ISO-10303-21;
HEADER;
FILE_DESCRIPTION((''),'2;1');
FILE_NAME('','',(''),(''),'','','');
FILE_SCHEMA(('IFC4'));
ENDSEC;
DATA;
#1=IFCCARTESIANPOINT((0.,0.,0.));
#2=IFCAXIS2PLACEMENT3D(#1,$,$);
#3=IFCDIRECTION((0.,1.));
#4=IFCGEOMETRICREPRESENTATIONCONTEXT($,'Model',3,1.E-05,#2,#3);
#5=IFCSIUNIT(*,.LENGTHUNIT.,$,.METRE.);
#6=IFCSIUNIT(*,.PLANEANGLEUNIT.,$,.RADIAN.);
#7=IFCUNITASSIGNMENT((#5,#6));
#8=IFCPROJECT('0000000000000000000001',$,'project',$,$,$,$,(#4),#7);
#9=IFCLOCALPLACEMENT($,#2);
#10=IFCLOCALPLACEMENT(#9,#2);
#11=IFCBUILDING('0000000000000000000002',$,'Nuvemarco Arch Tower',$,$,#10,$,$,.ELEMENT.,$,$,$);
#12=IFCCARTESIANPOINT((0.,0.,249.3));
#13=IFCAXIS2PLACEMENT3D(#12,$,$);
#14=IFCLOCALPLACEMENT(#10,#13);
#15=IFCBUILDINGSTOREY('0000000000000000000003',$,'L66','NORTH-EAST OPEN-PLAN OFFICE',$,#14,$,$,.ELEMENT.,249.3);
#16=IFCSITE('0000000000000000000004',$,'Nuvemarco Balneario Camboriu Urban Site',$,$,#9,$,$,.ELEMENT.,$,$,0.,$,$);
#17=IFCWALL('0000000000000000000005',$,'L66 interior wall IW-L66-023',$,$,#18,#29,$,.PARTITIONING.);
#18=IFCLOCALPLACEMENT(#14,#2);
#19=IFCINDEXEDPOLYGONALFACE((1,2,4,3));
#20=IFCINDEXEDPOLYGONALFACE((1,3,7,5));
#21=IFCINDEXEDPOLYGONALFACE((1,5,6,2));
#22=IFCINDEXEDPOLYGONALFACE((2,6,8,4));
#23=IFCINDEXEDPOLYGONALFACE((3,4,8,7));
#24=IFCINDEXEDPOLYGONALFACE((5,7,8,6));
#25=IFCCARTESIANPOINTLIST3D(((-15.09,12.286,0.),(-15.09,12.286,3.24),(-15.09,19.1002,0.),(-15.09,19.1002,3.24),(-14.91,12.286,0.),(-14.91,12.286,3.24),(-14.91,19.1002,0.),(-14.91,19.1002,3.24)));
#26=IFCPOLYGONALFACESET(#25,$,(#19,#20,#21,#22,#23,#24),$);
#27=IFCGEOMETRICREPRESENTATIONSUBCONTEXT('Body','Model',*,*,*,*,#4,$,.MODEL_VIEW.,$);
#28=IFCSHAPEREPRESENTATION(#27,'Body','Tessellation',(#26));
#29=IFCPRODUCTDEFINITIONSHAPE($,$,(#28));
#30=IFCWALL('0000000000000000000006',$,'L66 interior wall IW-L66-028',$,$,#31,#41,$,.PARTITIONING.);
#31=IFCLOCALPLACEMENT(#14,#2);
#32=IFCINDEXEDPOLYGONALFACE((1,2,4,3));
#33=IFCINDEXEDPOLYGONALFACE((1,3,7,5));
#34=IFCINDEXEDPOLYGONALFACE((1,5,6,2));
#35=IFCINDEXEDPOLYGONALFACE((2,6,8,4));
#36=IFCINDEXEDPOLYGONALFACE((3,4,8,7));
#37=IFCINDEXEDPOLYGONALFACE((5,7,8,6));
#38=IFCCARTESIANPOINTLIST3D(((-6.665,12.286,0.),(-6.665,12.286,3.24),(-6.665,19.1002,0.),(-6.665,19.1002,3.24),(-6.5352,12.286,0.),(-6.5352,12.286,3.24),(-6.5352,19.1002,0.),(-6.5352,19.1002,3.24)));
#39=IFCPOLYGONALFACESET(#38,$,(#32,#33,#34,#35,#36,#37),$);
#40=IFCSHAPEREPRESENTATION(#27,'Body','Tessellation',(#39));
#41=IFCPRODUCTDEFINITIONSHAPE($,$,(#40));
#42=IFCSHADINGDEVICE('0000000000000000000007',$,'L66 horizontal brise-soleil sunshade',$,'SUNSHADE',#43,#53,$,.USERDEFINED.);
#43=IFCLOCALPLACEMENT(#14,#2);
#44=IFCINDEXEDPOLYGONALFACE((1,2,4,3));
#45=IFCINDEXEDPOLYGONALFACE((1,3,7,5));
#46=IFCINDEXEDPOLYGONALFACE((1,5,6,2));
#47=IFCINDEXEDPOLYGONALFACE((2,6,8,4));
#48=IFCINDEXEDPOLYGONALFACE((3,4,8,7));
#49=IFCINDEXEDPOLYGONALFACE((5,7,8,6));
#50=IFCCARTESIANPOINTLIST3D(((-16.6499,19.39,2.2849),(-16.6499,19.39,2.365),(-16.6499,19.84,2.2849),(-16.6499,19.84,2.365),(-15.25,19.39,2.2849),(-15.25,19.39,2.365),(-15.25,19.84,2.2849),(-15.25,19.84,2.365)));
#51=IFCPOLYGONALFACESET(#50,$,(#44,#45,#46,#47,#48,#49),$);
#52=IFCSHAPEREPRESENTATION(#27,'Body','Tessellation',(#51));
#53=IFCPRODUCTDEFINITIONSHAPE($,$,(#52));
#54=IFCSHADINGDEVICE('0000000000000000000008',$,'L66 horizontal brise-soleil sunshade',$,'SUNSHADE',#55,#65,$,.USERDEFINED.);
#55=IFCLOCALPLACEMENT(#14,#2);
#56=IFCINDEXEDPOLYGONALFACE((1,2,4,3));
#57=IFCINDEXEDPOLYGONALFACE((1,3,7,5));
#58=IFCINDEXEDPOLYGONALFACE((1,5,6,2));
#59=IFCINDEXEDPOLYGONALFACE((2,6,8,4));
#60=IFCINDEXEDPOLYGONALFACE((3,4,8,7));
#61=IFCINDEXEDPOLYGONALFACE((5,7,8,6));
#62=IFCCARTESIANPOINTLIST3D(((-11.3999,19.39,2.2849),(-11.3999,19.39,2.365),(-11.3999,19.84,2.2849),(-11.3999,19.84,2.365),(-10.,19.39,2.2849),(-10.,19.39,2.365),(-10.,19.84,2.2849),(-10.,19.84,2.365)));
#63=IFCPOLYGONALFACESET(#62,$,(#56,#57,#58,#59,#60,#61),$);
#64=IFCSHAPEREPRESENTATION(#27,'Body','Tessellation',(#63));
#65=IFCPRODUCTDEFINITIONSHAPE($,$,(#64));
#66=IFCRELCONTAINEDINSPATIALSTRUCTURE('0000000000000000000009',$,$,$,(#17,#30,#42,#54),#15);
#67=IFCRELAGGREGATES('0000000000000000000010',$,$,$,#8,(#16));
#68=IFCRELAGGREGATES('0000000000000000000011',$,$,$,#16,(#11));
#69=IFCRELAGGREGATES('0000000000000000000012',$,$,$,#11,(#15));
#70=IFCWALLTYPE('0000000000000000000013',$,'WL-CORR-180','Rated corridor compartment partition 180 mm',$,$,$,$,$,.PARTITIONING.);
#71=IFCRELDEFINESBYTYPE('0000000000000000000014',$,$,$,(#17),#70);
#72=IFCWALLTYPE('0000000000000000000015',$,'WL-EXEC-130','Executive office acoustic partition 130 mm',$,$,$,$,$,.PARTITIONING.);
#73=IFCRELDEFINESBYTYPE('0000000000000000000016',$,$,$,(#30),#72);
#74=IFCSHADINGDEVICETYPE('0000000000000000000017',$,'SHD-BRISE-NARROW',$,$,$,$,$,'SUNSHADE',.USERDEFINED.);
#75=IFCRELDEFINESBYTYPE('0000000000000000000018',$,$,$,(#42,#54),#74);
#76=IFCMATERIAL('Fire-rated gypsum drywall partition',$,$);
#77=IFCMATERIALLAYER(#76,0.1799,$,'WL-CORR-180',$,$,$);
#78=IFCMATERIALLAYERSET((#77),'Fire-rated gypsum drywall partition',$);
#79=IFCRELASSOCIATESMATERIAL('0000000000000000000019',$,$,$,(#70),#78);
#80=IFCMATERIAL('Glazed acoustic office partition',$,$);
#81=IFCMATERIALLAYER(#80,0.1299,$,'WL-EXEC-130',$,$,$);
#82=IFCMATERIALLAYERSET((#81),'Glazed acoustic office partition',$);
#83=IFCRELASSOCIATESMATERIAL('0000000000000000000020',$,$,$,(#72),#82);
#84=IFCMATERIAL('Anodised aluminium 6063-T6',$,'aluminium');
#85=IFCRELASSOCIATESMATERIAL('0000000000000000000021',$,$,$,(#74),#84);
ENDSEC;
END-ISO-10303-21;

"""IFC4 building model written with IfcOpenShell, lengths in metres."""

from ifc_helpers import new_model, si_unit, direction, frame, frame_2d, origin, origin_2d, place, context, subcontext, project, spatial, rectangle, extrude, source, transform, mapped, material, layer, layer_set, type_object, type_shapes, element, save


model = new_model("IFC4")

# Units and contexts
model_context = context("Model", 3, precision=1e-05, world=origin(), true_north=direction((0.0, 1.0)))
body_context = subcontext(model_context, "Body", "Model", "MODEL_VIEW")
ifc_project = project(units=[si_unit("LENGTHUNIT", "METRE"), si_unit("PLANEANGLEUNIT", "RADIAN")], contexts=[model_context])

# Site, building, storey
site_placement = place(None, origin())
site = spatial("IfcSite", under=ifc_project, at=site_placement, Name="Nuvemarco Balneario Camboriu Urban Site", CompositionType="ELEMENT", RefElevation=0.0)
building_placement = place(site_placement, origin())
building = spatial("IfcBuilding", under=site, at=building_placement, Name="Nuvemarco Arch Tower", CompositionType="ELEMENT")
storey_placement = place(building_placement, frame((0.0, 0.0, 249.3)))
storey = spatial("IfcBuildingStorey", under=building, at=storey_placement, Name="L66", Description="NORTH-EAST OPEN-PLAN OFFICE", CompositionType="ELEMENT", Elevation=249.3)

# Shared definitions
ifc_material_1 = material(Name="Fire-rated gypsum drywall partition")
ifc_layer_1 = layer(ifc_material_1, 0.1799, Name="WL-CORR-180")
ifc_layer_set_1 = layer_set([ifc_layer_1], Name="Fire-rated gypsum drywall partition")
wall_type_1 = type_object("IfcWallType", Name="WL-CORR-180", Description="Rated corridor compartment partition 180 mm", PredefinedType="PARTITIONING", material=ifc_layer_set_1)

# Walls
wall_1_placement = place(storey_placement, frame((-15.0, 12.2859, 0.0), z_axis=(0.0, 0.0, 1.0), x_axis=(0.0, 1.0, 0.0)))
element("IfcWall", 1, at=wall_1_placement, inside=storey, type_object=wall_type_1, Name="L66 interior wall IW-L66-023", PredefinedType="PARTITIONING", context=body_context, shape_type="SweptSolid", body=[
    extrude(rectangle(XDim=6.8142, YDim=0.1799, at=frame_2d((3.4072, 0.0))), origin(), (0.0, 0.0, 1.0), 3.24),
])
ifc_material_2 = material(Name="Glazed acoustic office partition")
ifc_layer_2 = layer(ifc_material_2, 0.1299, Name="WL-EXEC-130")
ifc_layer_set_2 = layer_set([ifc_layer_2], Name="Glazed acoustic office partition")
wall_type_2 = type_object("IfcWallType", Name="WL-EXEC-130", Description="Executive office acoustic partition 130 mm", PredefinedType="PARTITIONING", material=ifc_layer_set_2)
wall_2_placement = place(storey_placement, frame((-6.6001, 12.2859, 0.0), z_axis=(0.0, 0.0, 1.0), x_axis=(0.0, 1.0, 0.0)))
element("IfcWall", 2, at=wall_2_placement, inside=storey, type_object=wall_type_2, Name="L66 interior wall IW-L66-028", PredefinedType="PARTITIONING", context=body_context, shape_type="SweptSolid", body=[
    extrude(rectangle(XDim=6.8142, YDim=0.1299, at=frame_2d((3.4072, 0.0))), origin(), (0.0, 0.0, 1.0), 3.24),
])

# Shading devices
ifc_material_3 = material(Name="Anodised aluminium 6063-T6", Category="aluminium")
shading_device_type = type_object("IfcShadingDeviceType", Name="SHD-BRISE-NARROW", ElementType="SUNSHADE", PredefinedType="USERDEFINED", material=ifc_material_3)
shared_shape_1 = source(origin(), body_context, "Body", "SweptSolid", [
    extrude(rectangle(XDim=1.3999, YDim=0.45, at=origin_2d()), origin(), (0.0, 0.0, 1.0), 0.0801),
])
type_shapes(shading_device_type, [shared_shape_1])
for number, where, z_axis, x_axis, name in (
    (3, (-15.95, 19.615, 2.2849), (0.0, 0.0, 1.0), (1.0, 0.0, 0.0), "L66 horizontal brise-soleil sunshade"),
    (4, (-10.7, 19.615, 2.2849), (0.0, 0.0, 1.0), (1.0, 0.0, 0.0), "L66 horizontal brise-soleil sunshade"),
):
    element("IfcShadingDevice", number, at=place(storey_placement, frame(where, z_axis=z_axis, x_axis=x_axis)), inside=storey, type_object=shading_device_type, Name=name, ObjectType="SUNSHADE", PredefinedType="USERDEFINED", context=body_context, shape_type="MappedRepresentation", body=[
        mapped(shared_shape_1, transform((0.0, 0.0, 0.0), scale=1.0)),
    ])

save(model, "model.ifc")
